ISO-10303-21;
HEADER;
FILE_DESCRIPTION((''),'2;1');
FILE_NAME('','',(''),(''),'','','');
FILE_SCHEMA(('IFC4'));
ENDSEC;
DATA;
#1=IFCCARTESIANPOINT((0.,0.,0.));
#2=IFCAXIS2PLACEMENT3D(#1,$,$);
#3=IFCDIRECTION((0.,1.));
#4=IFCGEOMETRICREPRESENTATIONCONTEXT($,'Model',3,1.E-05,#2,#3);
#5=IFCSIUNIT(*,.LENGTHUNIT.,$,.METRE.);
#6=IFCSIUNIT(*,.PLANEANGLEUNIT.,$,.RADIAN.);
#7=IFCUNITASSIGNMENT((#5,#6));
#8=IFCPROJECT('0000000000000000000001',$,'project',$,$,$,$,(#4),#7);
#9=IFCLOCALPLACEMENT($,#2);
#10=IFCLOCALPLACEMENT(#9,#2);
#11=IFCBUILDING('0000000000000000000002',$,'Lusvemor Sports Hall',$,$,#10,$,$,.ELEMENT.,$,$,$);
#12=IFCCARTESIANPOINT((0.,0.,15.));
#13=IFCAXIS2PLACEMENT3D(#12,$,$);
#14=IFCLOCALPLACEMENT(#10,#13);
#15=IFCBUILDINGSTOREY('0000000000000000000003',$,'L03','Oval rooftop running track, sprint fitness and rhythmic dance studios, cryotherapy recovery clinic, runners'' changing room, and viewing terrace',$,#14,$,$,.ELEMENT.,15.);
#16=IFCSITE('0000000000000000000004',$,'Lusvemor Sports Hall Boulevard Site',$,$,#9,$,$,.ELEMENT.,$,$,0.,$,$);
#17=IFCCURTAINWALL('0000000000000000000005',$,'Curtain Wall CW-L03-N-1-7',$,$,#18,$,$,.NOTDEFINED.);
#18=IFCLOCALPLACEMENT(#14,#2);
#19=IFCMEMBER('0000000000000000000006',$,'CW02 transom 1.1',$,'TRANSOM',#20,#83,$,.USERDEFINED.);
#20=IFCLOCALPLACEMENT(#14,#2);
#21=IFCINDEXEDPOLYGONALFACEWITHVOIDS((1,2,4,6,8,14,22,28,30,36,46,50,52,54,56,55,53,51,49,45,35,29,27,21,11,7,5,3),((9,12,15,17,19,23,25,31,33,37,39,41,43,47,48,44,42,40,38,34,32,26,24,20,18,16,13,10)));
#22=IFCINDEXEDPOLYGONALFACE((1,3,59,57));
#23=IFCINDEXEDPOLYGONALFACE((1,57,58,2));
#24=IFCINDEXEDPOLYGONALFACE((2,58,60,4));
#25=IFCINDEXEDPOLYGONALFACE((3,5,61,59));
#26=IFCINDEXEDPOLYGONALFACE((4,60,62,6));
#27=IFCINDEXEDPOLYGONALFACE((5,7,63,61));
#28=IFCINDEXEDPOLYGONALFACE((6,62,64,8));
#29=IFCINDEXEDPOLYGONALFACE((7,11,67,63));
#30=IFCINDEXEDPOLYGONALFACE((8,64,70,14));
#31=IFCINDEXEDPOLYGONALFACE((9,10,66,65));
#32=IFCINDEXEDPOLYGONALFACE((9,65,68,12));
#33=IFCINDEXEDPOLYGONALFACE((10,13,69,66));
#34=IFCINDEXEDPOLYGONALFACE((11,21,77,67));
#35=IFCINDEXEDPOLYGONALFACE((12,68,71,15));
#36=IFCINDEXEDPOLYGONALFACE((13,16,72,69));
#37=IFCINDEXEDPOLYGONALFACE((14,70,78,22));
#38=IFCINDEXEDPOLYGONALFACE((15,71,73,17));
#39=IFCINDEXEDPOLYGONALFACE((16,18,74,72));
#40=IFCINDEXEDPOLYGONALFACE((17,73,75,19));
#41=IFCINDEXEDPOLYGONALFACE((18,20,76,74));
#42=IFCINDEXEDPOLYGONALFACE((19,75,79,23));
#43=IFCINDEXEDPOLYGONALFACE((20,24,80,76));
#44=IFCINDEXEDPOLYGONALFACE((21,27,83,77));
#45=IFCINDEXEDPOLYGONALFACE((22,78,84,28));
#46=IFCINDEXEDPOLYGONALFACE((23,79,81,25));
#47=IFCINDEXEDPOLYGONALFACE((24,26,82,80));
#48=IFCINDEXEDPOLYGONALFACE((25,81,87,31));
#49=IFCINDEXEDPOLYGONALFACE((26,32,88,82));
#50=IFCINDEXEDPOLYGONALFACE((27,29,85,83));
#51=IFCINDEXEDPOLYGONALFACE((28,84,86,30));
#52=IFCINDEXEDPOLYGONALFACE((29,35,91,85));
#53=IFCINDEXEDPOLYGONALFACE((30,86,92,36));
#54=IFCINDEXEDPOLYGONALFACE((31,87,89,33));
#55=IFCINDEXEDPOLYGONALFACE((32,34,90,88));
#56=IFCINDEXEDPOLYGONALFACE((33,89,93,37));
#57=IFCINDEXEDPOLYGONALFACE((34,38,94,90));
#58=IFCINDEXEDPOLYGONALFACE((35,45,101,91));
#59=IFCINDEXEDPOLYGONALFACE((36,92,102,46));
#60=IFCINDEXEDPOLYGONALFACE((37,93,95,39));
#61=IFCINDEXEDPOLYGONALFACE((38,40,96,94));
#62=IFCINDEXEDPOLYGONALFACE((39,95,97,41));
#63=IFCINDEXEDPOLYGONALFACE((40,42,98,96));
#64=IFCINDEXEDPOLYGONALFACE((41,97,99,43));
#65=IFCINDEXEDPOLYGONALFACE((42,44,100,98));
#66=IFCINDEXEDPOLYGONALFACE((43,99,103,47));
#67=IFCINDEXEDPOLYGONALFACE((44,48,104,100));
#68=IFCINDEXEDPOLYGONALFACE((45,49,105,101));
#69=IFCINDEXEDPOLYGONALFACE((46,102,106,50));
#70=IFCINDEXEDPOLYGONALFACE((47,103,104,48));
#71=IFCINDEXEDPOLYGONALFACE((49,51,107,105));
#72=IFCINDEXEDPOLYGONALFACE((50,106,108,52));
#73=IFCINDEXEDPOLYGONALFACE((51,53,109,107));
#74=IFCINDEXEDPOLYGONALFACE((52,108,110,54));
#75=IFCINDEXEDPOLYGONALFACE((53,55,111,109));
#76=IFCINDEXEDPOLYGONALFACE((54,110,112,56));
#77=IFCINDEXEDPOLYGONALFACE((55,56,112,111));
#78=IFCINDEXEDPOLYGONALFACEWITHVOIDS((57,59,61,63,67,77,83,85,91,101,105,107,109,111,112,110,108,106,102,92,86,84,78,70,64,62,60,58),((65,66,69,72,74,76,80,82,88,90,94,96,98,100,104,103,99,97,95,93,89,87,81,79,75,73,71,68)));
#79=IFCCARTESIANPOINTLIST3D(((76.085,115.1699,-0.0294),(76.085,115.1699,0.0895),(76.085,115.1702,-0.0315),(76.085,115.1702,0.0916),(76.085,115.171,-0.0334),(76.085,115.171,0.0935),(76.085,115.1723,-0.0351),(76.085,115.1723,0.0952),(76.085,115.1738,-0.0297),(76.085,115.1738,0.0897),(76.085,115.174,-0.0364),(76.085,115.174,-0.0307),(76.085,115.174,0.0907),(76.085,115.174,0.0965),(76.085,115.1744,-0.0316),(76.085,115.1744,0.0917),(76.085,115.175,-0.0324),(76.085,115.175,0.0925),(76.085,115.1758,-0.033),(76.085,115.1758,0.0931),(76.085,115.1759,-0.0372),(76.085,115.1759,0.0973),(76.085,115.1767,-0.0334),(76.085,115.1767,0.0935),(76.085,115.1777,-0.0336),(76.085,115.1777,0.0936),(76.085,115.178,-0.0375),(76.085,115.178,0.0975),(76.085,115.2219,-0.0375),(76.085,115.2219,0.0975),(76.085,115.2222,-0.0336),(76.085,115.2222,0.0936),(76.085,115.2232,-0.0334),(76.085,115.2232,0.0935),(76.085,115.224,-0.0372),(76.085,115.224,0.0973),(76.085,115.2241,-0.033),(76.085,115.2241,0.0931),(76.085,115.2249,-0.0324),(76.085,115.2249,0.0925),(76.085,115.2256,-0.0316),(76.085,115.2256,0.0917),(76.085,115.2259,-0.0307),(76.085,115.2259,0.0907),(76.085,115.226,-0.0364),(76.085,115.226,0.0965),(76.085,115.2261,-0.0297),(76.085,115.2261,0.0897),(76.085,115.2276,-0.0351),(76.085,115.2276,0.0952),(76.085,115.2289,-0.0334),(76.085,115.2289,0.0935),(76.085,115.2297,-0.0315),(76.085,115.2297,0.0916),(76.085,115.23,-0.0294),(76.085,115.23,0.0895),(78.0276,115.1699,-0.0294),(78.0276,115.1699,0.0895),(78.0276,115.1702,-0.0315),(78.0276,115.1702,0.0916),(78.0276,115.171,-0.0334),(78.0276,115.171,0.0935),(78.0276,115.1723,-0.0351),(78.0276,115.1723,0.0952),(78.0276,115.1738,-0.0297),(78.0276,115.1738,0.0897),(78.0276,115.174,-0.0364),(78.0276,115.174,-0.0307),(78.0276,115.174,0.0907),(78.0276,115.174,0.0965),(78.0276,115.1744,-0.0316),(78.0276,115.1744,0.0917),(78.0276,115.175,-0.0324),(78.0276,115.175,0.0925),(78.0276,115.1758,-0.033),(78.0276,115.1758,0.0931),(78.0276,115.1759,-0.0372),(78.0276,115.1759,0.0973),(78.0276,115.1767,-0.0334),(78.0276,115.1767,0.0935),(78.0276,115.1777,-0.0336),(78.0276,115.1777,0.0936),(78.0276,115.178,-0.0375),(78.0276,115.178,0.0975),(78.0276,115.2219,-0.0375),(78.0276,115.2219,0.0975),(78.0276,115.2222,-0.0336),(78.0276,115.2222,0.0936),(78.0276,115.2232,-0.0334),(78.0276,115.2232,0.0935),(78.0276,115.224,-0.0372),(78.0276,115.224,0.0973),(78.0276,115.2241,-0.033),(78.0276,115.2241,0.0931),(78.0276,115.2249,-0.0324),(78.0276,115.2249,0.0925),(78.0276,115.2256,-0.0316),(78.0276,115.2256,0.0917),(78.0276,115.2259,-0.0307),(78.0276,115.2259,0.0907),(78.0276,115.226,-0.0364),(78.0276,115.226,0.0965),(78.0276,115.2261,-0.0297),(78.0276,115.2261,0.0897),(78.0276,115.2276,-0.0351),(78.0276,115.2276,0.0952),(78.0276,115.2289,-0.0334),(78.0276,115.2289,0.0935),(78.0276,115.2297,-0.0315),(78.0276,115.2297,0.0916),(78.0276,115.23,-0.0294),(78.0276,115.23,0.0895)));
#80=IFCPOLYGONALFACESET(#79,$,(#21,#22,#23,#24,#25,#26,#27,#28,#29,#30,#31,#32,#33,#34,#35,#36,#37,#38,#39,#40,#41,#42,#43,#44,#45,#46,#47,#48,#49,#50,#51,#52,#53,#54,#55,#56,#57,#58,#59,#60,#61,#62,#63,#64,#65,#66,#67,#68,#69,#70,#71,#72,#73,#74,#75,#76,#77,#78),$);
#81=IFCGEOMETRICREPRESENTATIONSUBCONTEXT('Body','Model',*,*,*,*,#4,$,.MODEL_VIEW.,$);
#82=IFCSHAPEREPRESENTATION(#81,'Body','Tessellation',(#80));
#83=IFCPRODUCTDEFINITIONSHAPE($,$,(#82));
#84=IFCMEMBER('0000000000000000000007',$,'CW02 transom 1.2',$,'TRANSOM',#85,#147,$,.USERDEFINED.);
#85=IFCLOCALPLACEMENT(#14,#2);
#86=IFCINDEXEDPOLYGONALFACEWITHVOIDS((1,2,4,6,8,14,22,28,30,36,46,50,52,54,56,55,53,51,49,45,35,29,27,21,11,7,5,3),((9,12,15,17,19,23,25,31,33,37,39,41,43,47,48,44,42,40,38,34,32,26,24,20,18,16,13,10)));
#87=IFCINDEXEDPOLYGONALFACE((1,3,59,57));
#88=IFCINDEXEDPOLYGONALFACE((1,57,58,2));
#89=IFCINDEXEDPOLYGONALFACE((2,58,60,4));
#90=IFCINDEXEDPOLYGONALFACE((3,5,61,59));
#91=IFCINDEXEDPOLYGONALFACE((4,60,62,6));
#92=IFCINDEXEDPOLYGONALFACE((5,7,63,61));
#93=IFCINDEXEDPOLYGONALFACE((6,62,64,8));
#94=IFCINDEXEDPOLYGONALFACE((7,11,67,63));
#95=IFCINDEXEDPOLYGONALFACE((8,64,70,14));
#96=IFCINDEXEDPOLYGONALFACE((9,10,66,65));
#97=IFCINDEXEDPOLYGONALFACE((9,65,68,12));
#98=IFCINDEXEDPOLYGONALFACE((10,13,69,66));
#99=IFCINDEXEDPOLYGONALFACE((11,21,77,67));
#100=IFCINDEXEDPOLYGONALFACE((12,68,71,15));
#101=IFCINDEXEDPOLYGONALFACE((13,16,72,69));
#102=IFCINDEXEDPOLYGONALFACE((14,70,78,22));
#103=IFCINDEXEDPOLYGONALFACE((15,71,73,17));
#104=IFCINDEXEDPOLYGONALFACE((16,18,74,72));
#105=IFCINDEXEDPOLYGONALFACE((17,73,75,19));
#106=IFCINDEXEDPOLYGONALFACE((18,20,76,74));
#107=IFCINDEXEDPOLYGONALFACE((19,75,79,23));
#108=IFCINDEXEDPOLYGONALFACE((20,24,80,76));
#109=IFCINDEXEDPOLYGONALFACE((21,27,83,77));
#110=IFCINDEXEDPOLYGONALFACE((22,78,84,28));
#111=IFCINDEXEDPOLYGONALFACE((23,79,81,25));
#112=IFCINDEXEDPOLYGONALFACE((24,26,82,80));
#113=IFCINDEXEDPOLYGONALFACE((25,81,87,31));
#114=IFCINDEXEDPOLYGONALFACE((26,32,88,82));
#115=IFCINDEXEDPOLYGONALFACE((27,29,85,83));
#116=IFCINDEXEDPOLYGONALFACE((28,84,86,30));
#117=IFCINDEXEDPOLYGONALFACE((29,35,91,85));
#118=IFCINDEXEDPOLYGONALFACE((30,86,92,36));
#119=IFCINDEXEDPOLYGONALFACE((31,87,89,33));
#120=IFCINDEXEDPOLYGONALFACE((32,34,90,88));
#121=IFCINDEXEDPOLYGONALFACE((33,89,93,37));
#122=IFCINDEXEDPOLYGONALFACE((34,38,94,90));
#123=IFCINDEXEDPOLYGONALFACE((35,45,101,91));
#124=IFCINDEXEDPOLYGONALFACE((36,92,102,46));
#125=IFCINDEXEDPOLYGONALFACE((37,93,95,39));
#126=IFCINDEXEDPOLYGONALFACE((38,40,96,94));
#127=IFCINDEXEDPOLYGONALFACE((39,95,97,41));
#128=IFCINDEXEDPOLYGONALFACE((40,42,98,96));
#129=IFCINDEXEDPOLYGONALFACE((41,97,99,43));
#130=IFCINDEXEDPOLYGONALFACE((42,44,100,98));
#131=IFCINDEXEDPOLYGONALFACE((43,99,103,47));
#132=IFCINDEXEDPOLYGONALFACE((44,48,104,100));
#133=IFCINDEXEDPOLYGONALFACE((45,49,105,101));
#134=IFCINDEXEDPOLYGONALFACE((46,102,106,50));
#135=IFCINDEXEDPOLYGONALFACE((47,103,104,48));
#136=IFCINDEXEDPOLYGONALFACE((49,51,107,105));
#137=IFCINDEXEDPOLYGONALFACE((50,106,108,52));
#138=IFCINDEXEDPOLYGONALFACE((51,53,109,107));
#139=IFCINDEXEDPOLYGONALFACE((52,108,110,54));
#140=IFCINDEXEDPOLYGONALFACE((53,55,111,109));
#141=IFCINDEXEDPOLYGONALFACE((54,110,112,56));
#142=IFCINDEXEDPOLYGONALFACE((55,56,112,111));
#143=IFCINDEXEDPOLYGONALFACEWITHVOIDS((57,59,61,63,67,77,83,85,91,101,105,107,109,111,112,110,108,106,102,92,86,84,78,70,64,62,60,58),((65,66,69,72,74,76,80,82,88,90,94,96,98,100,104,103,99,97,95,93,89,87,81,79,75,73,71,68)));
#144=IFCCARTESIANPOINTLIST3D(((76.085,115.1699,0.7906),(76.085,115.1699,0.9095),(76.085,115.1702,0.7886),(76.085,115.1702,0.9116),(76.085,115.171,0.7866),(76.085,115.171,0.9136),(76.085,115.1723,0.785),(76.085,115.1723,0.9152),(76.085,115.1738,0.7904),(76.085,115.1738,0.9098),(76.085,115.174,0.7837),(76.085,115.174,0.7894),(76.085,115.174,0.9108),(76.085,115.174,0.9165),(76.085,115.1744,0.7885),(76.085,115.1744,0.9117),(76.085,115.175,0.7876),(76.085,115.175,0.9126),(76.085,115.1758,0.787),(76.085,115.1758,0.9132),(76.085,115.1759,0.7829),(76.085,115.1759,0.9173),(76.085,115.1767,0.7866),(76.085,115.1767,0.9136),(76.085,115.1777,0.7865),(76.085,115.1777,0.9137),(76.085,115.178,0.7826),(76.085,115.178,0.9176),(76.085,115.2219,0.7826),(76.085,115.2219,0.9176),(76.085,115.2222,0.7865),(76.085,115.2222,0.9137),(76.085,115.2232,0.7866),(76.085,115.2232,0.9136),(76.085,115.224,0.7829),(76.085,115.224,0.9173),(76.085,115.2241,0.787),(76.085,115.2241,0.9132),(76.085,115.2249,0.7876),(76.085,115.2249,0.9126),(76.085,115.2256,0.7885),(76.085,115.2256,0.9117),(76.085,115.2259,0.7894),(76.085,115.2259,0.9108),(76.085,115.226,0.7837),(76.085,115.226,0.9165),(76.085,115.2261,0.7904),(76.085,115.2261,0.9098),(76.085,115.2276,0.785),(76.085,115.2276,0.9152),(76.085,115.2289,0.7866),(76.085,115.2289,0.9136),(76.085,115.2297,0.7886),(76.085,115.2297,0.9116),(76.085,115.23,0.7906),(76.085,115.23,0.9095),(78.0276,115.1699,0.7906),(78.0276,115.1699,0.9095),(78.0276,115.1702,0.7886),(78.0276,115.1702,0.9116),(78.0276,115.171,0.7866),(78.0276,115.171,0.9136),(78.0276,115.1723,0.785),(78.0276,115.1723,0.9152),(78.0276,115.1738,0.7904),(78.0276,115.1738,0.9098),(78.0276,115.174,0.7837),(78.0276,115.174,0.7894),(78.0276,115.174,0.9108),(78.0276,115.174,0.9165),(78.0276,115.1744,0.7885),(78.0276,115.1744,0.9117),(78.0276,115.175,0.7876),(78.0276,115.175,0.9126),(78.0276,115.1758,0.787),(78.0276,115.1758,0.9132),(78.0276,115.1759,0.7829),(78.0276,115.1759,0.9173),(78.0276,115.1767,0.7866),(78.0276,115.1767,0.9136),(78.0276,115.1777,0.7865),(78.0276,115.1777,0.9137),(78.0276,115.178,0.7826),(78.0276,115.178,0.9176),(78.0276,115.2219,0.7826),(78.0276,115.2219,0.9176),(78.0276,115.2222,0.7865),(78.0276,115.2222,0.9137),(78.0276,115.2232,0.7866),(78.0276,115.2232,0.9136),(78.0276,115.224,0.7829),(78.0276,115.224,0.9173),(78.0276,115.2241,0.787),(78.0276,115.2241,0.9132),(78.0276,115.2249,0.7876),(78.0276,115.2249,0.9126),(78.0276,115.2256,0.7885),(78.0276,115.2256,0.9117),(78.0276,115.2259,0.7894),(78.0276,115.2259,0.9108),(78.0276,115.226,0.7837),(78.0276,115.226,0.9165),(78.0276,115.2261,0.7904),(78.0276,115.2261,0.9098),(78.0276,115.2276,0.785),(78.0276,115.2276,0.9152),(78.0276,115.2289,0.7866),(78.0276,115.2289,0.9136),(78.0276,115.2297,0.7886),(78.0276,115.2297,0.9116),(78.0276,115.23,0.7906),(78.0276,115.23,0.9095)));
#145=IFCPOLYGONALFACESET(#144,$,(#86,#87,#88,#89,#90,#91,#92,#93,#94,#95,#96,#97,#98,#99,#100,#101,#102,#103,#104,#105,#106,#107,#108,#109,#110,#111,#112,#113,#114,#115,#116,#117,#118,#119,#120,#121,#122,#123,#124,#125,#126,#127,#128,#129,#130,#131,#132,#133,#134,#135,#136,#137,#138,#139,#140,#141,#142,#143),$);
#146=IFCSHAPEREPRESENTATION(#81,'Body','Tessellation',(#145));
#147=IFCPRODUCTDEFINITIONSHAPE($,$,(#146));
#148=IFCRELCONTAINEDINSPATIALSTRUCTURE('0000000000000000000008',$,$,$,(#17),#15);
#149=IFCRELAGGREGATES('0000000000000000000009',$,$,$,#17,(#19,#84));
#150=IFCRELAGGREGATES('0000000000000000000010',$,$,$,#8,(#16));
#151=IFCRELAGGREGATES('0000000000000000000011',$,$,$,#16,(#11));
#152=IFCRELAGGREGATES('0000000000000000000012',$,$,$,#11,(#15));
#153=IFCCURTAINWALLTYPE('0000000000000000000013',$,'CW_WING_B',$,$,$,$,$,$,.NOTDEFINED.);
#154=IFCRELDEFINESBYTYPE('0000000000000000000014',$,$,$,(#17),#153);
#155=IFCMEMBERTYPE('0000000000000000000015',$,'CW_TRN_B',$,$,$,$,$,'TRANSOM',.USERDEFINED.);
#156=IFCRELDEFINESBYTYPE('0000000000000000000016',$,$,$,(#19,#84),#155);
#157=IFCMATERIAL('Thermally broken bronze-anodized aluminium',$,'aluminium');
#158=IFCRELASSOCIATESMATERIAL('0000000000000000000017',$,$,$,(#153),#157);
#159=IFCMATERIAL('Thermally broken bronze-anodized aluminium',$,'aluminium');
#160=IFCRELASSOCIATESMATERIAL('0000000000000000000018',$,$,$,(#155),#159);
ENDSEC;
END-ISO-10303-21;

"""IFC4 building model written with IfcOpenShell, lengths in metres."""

from ifc_helpers import new_model, si_unit, direction, frame, origin, origin_2d, place, context, subcontext, project, spatial, hollow_rectangle, extrude, material, material_profile, profile_set, type_object, element, aggregate, save


model = new_model("IFC4")

# Units and contexts
model_context = context("Model", 3, precision=1e-05, world=origin(), true_north=direction((0.0, 1.0)))
body_context = subcontext(model_context, "Body", "Model", "MODEL_VIEW")
ifc_project = project(units=[si_unit("LENGTHUNIT", "METRE"), si_unit("PLANEANGLEUNIT", "RADIAN")], contexts=[model_context])

# Site, building, storey
site_placement = place(None, origin())
site = spatial("IfcSite", under=ifc_project, at=site_placement, Name="Lusvemor Sports Hall Boulevard Site", CompositionType="ELEMENT", RefElevation=0.0)
building_placement = place(site_placement, origin())
building = spatial("IfcBuilding", under=site, at=building_placement, Name="Lusvemor Sports Hall", CompositionType="ELEMENT")
storey_placement = place(building_placement, frame((0.0, 0.0, 15.0)))
storey = spatial("IfcBuildingStorey", under=building, at=storey_placement, Name="L03", Description="Oval rooftop running track, sprint fitness and rhythmic dance studios, cryotherapy recovery clinic, runners' changing room, and viewing terrace", CompositionType="ELEMENT", Elevation=15.0)

# Curtain wall
ifc_material_1 = material(Name="Thermally broken bronze-anodized aluminium", Category="aluminium")
curtain_wall_type_1 = type_object("IfcCurtainWallType", Name="CW_WING_B", PredefinedType="NOTDEFINED", material=ifc_material_1)
curtain_wall_1_placement = place(storey_placement, origin())
curtain_wall_1 = element("IfcCurtainWall", 1, at=curtain_wall_1_placement, inside=storey, type_object=curtain_wall_type_1, Name="Curtain Wall CW-L03-N-1-7", PredefinedType="NOTDEFINED")

# Members
ifc_material_2 = material(Name="Thermally broken bronze-anodized aluminium", Category="aluminium")
ifc_material_profile_1 = material_profile(ifc_material_2, hollow_rectangle(XDim=0.0601, YDim=0.135, WallThickness=0.0039, InnerFilletRadius=0.0039, OuterFilletRadius=0.0081, at=origin_2d()), Name="CWTRN135x60x4")
ifc_profile_set_1 = profile_set([ifc_material_profile_1], Name="Thermally broken bronze-anodized aluminium")
member_type_1 = type_object("IfcMemberType", Name="CW_TRN_B", ElementType="TRANSOM", PredefinedType="USERDEFINED", material=ifc_profile_set_1)
member_1_placement = place(storey_placement, frame((76.085, 115.2, 0.03), z_axis=(1.0, 0.0, 0.0), x_axis=(0.0, 1.0, 0.0)))
member_1 = element("IfcMember", 2, at=member_1_placement, type_object=member_type_1, Name="CW02 transom 1.1", ObjectType="TRANSOM", PredefinedType="USERDEFINED", context=body_context, shape_type="SweptSolid", body=[
    extrude(hollow_rectangle(XDim=0.0601, YDim=0.135, WallThickness=0.0039, InnerFilletRadius=0.0039, OuterFilletRadius=0.0081, at=origin_2d()), origin(), (0.0, 0.0, 1.0), 1.9426),
])
member_2_placement = place(storey_placement, frame((76.085, 115.2, 0.8501), z_axis=(1.0, 0.0, 0.0), x_axis=(0.0, 1.0, 0.0)))
member_2 = element("IfcMember", 3, at=member_2_placement, type_object=member_type_1, Name="CW02 transom 1.2", ObjectType="TRANSOM", PredefinedType="USERDEFINED", context=body_context, shape_type="SweptSolid", body=[
    extrude(hollow_rectangle(XDim=0.0601, YDim=0.135, WallThickness=0.0039, InnerFilletRadius=0.0039, OuterFilletRadius=0.0081, at=origin_2d()), origin(), (0.0, 0.0, 1.0), 1.9426),
])

aggregate(curtain_wall_1, [member_1, member_2])

save(model, "model.ifc")
